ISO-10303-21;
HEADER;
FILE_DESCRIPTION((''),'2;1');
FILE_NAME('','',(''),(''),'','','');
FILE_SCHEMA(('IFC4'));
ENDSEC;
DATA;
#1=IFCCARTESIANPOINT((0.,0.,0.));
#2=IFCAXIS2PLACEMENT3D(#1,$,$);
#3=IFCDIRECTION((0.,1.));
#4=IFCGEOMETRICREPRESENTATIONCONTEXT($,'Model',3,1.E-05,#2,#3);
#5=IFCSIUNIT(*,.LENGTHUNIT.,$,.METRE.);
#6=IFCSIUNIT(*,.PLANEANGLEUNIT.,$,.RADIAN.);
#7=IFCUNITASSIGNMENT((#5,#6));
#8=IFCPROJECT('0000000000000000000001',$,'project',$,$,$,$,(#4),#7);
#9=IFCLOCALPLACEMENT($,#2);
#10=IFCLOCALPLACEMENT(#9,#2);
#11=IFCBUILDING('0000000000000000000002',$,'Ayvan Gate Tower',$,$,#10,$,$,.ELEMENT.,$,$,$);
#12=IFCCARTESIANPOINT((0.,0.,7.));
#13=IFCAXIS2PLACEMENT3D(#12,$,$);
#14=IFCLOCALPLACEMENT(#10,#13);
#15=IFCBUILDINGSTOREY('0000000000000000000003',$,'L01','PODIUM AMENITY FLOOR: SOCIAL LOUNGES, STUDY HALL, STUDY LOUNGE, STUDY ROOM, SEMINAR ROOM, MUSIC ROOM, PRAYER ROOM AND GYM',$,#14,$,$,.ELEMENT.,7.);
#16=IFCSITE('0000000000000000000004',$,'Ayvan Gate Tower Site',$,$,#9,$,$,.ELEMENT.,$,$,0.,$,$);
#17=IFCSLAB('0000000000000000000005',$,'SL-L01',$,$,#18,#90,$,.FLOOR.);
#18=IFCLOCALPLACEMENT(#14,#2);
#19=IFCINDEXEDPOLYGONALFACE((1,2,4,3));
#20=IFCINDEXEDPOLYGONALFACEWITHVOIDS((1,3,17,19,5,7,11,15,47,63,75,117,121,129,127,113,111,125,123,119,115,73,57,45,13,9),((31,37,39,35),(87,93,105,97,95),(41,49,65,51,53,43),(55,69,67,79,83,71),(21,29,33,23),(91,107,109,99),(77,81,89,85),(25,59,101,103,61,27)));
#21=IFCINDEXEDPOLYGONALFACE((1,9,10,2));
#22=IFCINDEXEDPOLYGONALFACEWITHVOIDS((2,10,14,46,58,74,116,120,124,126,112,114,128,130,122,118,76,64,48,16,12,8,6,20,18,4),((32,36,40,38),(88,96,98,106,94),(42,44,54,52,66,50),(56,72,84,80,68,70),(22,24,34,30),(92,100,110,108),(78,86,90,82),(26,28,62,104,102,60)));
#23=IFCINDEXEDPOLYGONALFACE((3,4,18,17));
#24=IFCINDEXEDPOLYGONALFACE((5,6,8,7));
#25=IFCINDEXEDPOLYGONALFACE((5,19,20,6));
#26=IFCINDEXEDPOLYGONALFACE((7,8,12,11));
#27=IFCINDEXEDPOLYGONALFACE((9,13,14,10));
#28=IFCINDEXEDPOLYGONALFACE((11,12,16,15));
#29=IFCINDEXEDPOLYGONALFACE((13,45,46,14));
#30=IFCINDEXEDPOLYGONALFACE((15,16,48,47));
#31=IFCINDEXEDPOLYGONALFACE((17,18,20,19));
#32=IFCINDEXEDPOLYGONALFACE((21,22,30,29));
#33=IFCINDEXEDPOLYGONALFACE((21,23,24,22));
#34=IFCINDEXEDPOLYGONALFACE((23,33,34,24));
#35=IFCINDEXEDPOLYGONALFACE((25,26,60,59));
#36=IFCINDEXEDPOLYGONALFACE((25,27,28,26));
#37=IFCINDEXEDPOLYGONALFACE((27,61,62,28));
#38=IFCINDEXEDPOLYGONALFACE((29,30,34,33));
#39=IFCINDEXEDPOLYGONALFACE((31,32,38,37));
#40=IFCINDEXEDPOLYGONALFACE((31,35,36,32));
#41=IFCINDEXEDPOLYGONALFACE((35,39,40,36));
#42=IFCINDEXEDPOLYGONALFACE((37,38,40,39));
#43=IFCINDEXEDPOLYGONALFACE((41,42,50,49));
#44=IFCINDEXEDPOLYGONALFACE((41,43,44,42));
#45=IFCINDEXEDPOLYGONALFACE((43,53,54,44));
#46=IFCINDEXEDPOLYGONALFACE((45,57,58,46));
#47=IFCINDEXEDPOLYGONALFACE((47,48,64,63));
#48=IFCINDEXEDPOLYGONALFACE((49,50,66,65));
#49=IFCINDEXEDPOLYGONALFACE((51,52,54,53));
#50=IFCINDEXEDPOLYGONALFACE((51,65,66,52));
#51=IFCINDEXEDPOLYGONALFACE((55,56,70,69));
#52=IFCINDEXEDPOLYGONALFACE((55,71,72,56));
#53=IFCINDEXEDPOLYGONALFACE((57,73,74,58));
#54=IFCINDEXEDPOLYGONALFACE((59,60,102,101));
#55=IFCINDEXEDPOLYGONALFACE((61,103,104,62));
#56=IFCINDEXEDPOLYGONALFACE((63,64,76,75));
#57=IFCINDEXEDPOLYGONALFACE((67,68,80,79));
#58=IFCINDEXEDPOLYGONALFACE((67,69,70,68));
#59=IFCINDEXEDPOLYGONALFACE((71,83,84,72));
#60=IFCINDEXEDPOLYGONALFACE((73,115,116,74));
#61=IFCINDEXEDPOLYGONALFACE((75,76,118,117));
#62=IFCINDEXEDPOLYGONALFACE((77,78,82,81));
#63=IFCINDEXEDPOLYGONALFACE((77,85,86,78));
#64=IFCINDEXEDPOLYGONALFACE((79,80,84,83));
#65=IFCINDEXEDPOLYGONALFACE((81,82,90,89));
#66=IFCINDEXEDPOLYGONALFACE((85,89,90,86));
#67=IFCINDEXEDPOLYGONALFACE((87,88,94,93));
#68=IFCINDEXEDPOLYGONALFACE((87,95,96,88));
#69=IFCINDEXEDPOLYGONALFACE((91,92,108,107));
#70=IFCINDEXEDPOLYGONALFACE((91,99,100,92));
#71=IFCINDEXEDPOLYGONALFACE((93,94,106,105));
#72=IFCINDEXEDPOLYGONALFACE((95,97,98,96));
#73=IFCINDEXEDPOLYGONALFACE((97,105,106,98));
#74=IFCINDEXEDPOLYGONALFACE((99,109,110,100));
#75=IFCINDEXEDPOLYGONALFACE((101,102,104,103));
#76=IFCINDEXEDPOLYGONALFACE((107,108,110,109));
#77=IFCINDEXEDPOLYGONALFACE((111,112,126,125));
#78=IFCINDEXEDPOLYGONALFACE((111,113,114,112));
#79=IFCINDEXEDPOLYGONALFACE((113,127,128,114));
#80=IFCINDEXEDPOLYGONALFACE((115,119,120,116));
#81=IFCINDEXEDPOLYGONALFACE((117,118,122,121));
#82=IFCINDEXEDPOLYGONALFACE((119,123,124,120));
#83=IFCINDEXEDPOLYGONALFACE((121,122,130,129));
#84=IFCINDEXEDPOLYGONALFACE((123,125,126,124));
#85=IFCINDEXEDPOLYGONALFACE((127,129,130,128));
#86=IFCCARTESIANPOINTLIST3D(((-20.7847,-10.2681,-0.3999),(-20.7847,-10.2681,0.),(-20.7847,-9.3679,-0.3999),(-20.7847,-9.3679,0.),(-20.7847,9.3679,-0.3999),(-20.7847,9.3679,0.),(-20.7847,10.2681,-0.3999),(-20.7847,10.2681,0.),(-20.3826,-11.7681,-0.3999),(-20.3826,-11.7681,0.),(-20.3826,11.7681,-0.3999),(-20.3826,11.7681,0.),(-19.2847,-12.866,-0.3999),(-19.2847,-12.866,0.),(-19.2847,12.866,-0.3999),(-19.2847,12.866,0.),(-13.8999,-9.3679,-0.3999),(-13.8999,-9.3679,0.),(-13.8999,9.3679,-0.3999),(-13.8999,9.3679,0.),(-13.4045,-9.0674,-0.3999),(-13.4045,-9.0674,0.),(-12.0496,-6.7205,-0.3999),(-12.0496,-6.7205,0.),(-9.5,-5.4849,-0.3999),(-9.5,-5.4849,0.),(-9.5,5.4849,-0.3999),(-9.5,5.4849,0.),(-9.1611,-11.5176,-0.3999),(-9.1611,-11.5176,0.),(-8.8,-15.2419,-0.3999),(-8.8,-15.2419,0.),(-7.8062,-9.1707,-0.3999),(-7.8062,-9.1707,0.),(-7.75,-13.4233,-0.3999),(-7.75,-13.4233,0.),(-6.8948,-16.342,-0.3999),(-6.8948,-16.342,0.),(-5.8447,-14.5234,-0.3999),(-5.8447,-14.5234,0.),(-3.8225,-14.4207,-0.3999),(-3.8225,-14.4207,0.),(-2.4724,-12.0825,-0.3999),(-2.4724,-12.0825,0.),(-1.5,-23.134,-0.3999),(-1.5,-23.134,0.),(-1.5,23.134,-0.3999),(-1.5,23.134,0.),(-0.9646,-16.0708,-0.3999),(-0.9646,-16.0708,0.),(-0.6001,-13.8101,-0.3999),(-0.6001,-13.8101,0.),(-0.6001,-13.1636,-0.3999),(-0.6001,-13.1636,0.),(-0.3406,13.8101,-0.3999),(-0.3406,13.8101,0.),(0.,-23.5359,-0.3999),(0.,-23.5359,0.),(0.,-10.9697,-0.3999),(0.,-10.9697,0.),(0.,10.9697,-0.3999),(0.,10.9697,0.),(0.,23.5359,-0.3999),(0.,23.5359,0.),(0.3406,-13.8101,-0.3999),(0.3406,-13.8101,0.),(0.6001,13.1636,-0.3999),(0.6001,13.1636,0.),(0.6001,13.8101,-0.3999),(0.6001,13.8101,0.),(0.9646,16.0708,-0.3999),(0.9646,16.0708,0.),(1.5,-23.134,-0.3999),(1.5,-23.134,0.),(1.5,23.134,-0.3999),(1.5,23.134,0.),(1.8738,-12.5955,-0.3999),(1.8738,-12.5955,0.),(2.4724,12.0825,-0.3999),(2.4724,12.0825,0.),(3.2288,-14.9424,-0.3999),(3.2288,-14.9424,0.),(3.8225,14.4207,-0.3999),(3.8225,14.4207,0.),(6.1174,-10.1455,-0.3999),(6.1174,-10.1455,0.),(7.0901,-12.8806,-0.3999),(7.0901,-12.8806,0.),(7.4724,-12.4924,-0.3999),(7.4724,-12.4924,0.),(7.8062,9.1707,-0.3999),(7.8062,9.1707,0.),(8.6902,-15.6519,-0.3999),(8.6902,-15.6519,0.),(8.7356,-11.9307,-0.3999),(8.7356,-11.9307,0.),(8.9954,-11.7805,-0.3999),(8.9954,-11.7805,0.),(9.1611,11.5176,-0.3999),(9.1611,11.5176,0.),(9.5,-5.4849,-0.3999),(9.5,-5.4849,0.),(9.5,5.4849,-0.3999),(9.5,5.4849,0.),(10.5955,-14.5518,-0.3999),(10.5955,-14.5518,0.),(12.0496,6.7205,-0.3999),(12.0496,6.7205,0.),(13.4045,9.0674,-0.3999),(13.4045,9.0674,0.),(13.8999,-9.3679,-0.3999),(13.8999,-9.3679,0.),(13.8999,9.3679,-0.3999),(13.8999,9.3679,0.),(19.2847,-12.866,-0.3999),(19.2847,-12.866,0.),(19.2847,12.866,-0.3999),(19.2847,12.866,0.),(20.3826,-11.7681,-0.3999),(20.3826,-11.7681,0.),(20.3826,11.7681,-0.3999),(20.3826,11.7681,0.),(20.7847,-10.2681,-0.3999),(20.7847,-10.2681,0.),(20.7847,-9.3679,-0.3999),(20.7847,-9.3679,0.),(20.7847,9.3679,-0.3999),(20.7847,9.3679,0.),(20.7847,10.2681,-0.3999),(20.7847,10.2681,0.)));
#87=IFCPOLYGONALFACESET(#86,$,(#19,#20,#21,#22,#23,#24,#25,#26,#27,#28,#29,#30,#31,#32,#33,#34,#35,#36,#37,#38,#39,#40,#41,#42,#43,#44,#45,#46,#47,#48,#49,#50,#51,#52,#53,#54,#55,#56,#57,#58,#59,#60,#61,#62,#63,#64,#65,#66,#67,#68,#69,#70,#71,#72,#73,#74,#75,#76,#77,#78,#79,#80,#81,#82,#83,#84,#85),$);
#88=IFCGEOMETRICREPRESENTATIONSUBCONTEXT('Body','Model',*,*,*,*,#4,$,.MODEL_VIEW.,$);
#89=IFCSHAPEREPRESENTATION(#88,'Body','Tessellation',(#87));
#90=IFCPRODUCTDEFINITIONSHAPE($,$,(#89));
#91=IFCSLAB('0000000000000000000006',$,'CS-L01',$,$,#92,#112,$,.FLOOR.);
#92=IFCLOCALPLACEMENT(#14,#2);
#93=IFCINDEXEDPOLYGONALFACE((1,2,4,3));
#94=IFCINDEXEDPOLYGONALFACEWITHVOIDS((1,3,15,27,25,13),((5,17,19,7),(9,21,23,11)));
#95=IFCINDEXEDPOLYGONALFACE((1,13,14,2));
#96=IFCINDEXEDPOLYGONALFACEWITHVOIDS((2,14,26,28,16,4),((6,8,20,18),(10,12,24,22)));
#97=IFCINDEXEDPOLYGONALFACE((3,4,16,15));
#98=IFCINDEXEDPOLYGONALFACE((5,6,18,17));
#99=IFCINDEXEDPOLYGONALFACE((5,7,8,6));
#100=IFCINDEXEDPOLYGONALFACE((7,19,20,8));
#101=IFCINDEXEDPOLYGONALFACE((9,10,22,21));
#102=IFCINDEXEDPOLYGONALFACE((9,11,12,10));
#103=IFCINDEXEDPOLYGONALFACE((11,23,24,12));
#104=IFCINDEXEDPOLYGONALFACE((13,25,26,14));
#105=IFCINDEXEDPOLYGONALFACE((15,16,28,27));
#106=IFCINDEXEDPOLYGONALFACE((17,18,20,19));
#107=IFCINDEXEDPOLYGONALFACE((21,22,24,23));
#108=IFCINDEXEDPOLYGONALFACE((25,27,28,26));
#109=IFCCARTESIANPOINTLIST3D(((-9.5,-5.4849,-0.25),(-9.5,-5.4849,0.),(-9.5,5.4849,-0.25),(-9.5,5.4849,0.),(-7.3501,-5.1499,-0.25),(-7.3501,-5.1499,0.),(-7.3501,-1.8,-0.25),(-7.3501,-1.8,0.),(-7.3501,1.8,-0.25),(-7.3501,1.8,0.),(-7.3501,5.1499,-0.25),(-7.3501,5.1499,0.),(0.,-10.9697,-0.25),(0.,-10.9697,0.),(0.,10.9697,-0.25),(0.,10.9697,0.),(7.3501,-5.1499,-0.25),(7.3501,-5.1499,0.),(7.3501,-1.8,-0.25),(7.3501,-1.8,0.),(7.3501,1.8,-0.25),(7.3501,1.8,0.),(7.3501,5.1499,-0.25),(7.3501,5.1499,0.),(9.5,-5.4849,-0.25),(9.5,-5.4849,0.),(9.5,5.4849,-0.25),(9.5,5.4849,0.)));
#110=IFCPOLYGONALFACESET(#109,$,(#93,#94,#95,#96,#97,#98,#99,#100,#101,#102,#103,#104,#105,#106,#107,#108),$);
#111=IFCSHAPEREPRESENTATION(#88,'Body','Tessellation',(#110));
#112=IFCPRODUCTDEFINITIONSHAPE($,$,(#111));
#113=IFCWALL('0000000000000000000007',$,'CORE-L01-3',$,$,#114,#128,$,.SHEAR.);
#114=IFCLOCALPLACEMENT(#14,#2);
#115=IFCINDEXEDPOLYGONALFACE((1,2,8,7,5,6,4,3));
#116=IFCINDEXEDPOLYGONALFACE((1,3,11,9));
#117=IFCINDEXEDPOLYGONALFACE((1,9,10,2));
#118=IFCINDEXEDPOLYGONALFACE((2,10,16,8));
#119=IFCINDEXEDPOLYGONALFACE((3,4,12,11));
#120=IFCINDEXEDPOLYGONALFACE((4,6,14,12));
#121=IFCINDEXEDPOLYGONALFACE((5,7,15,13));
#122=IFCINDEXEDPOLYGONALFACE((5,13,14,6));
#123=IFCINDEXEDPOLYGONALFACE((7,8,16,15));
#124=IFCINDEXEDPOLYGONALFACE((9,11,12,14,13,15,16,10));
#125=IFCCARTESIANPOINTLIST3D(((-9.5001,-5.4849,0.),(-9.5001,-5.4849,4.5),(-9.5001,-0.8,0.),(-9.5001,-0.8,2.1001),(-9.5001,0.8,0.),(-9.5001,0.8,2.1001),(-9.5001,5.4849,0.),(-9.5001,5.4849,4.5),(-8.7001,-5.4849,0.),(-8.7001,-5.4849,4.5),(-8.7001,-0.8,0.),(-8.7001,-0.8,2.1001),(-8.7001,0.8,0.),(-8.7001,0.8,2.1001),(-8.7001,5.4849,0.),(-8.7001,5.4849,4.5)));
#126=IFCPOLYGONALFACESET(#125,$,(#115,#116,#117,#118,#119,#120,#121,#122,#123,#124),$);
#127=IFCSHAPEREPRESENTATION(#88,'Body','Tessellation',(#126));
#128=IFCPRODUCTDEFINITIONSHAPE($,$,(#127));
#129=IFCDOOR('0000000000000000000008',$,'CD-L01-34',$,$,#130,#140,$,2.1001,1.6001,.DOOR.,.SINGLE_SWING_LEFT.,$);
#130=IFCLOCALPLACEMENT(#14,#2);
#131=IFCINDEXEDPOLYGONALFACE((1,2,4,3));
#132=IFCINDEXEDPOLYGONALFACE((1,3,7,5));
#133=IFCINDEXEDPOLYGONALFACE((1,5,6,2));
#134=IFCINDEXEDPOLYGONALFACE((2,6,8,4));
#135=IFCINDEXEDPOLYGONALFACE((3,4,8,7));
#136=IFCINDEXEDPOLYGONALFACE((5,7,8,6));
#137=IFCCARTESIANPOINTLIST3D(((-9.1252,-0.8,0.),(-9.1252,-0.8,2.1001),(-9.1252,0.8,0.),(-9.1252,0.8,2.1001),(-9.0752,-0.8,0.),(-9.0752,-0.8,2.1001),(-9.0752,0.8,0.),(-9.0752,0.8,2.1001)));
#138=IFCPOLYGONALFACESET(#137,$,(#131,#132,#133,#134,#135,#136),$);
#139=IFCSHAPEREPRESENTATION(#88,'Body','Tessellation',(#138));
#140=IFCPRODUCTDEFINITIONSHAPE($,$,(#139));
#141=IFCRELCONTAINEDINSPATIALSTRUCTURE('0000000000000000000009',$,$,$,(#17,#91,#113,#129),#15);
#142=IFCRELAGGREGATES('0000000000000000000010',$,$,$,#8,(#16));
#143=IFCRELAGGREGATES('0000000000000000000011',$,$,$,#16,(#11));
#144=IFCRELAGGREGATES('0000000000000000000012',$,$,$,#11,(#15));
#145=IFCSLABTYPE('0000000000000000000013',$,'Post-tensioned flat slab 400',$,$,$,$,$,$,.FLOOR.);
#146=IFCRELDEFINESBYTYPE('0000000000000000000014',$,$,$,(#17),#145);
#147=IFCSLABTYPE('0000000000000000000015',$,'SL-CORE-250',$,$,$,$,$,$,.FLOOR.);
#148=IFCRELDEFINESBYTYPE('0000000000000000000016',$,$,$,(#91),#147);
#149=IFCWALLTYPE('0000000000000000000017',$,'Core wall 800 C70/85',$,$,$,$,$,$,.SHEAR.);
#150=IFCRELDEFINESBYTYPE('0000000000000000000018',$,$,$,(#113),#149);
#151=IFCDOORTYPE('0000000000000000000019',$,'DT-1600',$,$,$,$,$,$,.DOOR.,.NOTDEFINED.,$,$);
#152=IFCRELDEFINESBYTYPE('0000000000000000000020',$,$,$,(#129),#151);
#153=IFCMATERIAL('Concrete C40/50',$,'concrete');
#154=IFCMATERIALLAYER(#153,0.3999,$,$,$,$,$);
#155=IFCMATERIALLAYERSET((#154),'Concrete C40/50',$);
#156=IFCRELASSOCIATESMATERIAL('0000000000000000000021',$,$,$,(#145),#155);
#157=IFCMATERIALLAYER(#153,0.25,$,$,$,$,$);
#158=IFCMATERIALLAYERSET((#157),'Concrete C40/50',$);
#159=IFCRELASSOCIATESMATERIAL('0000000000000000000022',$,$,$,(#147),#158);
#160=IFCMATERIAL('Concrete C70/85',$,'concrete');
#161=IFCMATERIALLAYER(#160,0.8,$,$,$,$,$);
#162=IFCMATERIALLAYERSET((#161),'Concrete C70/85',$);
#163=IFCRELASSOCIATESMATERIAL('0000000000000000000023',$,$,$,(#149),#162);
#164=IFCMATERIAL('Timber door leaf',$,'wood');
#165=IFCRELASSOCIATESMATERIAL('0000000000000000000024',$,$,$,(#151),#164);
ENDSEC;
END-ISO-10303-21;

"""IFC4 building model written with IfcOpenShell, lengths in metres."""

from ifc_helpers import new_model, si_unit, direction, frame, frame_2d, origin, place, context, subcontext, project, spatial, polyline, rectangle, outline, extrude, material, layer, layer_set, type_object, element, fill, save


model = new_model("IFC4")

# Units and contexts
model_context = context("Model", 3, precision=1e-05, world=origin(), true_north=direction((0.0, 1.0)))
body_context = subcontext(model_context, "Body", "Model", "MODEL_VIEW")
ifc_project = project(units=[si_unit("LENGTHUNIT", "METRE"), si_unit("PLANEANGLEUNIT", "RADIAN")], contexts=[model_context])

# Site, building, storey
site_placement = place(None, origin())
site = spatial("IfcSite", under=ifc_project, at=site_placement, Name="Ayvan Gate Tower Site", CompositionType="ELEMENT", RefElevation=0.0)
building_placement = place(site_placement, origin())
building = spatial("IfcBuilding", under=site, at=building_placement, Name="Ayvan Gate Tower", CompositionType="ELEMENT")
storey_placement = place(building_placement, frame((0.0, 0.0, 7.0)))
storey = spatial("IfcBuildingStorey", under=building, at=storey_placement, Name="L01", Description="PODIUM AMENITY FLOOR: SOCIAL LOUNGES, STUDY HALL, STUDY LOUNGE, STUDY ROOM, SEMINAR ROOM, MUSIC ROOM, PRAYER ROOM AND GYM", CompositionType="ELEMENT", Elevation=7.0)

# Slabs
ifc_material_1 = material(Name="Concrete C40/50", Category="concrete")
ifc_layer_1 = layer(ifc_material_1, 0.3999)
ifc_layer_set_1 = layer_set([ifc_layer_1], Name="Concrete C40/50")
slab_type_1 = type_object("IfcSlabType", Name="Post-tensioned flat slab 400", PredefinedType="FLOOR", material=ifc_layer_set_1)
slab_1_placement = place(storey_placement, frame((0.0, 0.0, -0.3999)))
element("IfcSlab", 1, at=slab_1_placement, inside=storey, type_object=slab_type_1, Name="SL-L01", PredefinedType="FLOOR", context=body_context, shape_type="SweptSolid", body=[
    extrude(outline(polyline([(1.5, -23.134), (0.0, -23.5359), (-1.5, -23.134), (-19.2847, -12.866), (-20.3826, -11.7681), (-20.7847, -10.2681), (-20.7847, 0.0), (-20.7847, -9.3679), (-13.8999, -9.3679), (-13.8999, 9.3679), (-20.7847, 9.3679), (-20.7847, 10.2681), (-20.3826, 11.7681), (-19.2847, 12.866), (-1.5, 23.134), (0.0, 23.5359), (1.5, 23.134), (19.2847, 12.866), (20.3826, 11.7681), (20.7847, 10.2681), (20.7847, 9.3679), (13.8999, 9.3679), (13.8999, -9.3679), (20.7847, -9.3679), (20.7847, -10.2681), (20.3826, -11.7681), (19.2847, -12.866), (1.5, -23.134)]), holes=[polyline([(9.1611, 11.5176), (7.8062, 9.1707), (12.0496, 6.7205), (13.4045, 9.0674), (9.1611, 11.5176)]), polyline([(8.9954, -11.7805), (8.7356, -11.9307), (7.0901, -12.8806), (8.6902, -15.6519), (10.5955, -14.5518), (8.9954, -11.7805)]), polyline([(0.0, -10.9697), (9.5, -5.4849), (9.5, 5.4849), (0.0, 10.9697), (-9.5, 5.4849), (-9.5, -5.4849), (0.0, -10.9697)]), polyline([(7.4724, -12.4924), (6.1174, -10.1455), (1.8738, -12.5955), (3.2288, -14.9424), (7.4724, -12.4924)]), polyline([(3.8225, 14.4207), (0.9646, 16.0708), (-0.3406, 13.8101), (0.6001, 13.8101), (0.6001, 13.1636), (2.4724, 12.0825), (3.8225, 14.4207)]), polyline([(-0.6001, -13.8101), (-0.6001, -13.1636), (-2.4724, -12.0825), (-3.8225, -14.4207), (-0.9646, -16.0708), (0.3406, -13.8101), (-0.6001, -13.8101)]), polyline([(-8.8, -15.2419), (-6.8948, -16.342), (-5.8447, -14.5234), (-7.75, -13.4233), (-8.8, -15.2419)]), polyline([(-12.0496, -6.7205), (-13.4045, -9.0674), (-9.1611, -11.5176), (-7.8062, -9.1707), (-12.0496, -6.7205)])]), origin(), (0.0, 0.0, 1.0), 0.3999),
])
ifc_layer_2 = layer(ifc_material_1, 0.25)
ifc_layer_set_2 = layer_set([ifc_layer_2], Name="Concrete C40/50")
slab_type_2 = type_object("IfcSlabType", Name="SL-CORE-250", PredefinedType="FLOOR", material=ifc_layer_set_2)
slab_2_placement = place(storey_placement, frame((0.0, 0.0, -0.25)))
element("IfcSlab", 2, at=slab_2_placement, inside=storey, type_object=slab_type_2, Name="CS-L01", PredefinedType="FLOOR", context=body_context, shape_type="SweptSolid", body=[
    extrude(outline(polyline([(9.5, -5.4849), (0.0, -10.9697), (-9.5, -5.4849), (-9.5, 5.4849), (0.0, 10.9697), (9.5, 5.4849), (9.5, -5.4849)]), holes=[polyline([(-7.3501, -1.8), (-7.3501, -5.1499), (7.3501, -5.1499), (7.3501, -1.8), (-7.3501, -1.8)]), polyline([(-7.3501, 5.1499), (-7.3501, 1.8), (7.3501, 1.8), (7.3501, 5.1499), (-7.3501, 5.1499)])]), origin(), (0.0, 0.0, 1.0), 0.25),
])

# Wall, opening, door
ifc_material_2 = material(Name="Concrete C70/85", Category="concrete")
ifc_layer_3 = layer(ifc_material_2, 0.8)
ifc_layer_set_3 = layer_set([ifc_layer_3], Name="Concrete C70/85")
wall_type_1 = type_object("IfcWallType", Name="Core wall 800 C70/85", PredefinedType="SHEAR", material=ifc_layer_set_3)
wall_1_placement = place(storey_placement, frame((-9.1001, 5.4849, 0.0), z_axis=(0.0, 0.0, 1.0), x_axis=(0.0, -1.0, 0.0)))
wall_1 = element("IfcWall", 3, at=wall_1_placement, inside=storey, type_object=wall_type_1, Name="CORE-L01-3", PredefinedType="SHEAR", context=body_context, shape_type="SweptSolid", body=[
    extrude(rectangle(XDim=10.9697, YDim=0.8, at=frame_2d((5.4849, 0.0))), origin(), (0.0, 0.0, 1.0), 4.5),
])
opening_1_placement = place(wall_1_placement, frame((4.6848, 0.0, 0.0)))
opening_1 = element("IfcOpeningElement", 4, at=opening_1_placement, cuts=wall_1, PredefinedType="OPENING", context=body_context, shape_type="SweptSolid", body=[
    extrude(rectangle(XDim=1.6001, YDim=2.1001, at=frame_2d((0.8, 1.05))), frame((0.0, 0.4099, 0.0), z_axis=(0.0, -1.0, 0.0), x_axis=(1.0, 0.0, 0.0)), (0.0, 0.0, 1.0), 0.8201),
])
ifc_material_3 = material(Name="Timber door leaf", Category="wood")
door_type_1 = type_object("IfcDoorType", Name="DT-1600", OperationType="NOTDEFINED", PredefinedType="DOOR", material=ifc_material_3)
door_1_placement = place(opening_1_placement, origin())
door_1 = element("IfcDoor", 5, at=door_1_placement, inside=storey, type_object=door_type_1, Name="CD-L01-34", OperationType="SINGLE_SWING_LEFT", OverallHeight=2.1001, OverallWidth=1.6001, PredefinedType="DOOR", context=body_context, shape_type="SweptSolid", body=[
    extrude(rectangle(XDim=1.6001, YDim=2.1001, at=frame_2d((0.8, 1.05))), frame((0.0, 0.0249, 0.0), z_axis=(0.0, -1.0, 0.0), x_axis=(1.0, 0.0, 0.0)), (0.0, 0.0, 1.0), 0.05),
])
fill(opening_1, door_1)

save(model, "model.ifc")
